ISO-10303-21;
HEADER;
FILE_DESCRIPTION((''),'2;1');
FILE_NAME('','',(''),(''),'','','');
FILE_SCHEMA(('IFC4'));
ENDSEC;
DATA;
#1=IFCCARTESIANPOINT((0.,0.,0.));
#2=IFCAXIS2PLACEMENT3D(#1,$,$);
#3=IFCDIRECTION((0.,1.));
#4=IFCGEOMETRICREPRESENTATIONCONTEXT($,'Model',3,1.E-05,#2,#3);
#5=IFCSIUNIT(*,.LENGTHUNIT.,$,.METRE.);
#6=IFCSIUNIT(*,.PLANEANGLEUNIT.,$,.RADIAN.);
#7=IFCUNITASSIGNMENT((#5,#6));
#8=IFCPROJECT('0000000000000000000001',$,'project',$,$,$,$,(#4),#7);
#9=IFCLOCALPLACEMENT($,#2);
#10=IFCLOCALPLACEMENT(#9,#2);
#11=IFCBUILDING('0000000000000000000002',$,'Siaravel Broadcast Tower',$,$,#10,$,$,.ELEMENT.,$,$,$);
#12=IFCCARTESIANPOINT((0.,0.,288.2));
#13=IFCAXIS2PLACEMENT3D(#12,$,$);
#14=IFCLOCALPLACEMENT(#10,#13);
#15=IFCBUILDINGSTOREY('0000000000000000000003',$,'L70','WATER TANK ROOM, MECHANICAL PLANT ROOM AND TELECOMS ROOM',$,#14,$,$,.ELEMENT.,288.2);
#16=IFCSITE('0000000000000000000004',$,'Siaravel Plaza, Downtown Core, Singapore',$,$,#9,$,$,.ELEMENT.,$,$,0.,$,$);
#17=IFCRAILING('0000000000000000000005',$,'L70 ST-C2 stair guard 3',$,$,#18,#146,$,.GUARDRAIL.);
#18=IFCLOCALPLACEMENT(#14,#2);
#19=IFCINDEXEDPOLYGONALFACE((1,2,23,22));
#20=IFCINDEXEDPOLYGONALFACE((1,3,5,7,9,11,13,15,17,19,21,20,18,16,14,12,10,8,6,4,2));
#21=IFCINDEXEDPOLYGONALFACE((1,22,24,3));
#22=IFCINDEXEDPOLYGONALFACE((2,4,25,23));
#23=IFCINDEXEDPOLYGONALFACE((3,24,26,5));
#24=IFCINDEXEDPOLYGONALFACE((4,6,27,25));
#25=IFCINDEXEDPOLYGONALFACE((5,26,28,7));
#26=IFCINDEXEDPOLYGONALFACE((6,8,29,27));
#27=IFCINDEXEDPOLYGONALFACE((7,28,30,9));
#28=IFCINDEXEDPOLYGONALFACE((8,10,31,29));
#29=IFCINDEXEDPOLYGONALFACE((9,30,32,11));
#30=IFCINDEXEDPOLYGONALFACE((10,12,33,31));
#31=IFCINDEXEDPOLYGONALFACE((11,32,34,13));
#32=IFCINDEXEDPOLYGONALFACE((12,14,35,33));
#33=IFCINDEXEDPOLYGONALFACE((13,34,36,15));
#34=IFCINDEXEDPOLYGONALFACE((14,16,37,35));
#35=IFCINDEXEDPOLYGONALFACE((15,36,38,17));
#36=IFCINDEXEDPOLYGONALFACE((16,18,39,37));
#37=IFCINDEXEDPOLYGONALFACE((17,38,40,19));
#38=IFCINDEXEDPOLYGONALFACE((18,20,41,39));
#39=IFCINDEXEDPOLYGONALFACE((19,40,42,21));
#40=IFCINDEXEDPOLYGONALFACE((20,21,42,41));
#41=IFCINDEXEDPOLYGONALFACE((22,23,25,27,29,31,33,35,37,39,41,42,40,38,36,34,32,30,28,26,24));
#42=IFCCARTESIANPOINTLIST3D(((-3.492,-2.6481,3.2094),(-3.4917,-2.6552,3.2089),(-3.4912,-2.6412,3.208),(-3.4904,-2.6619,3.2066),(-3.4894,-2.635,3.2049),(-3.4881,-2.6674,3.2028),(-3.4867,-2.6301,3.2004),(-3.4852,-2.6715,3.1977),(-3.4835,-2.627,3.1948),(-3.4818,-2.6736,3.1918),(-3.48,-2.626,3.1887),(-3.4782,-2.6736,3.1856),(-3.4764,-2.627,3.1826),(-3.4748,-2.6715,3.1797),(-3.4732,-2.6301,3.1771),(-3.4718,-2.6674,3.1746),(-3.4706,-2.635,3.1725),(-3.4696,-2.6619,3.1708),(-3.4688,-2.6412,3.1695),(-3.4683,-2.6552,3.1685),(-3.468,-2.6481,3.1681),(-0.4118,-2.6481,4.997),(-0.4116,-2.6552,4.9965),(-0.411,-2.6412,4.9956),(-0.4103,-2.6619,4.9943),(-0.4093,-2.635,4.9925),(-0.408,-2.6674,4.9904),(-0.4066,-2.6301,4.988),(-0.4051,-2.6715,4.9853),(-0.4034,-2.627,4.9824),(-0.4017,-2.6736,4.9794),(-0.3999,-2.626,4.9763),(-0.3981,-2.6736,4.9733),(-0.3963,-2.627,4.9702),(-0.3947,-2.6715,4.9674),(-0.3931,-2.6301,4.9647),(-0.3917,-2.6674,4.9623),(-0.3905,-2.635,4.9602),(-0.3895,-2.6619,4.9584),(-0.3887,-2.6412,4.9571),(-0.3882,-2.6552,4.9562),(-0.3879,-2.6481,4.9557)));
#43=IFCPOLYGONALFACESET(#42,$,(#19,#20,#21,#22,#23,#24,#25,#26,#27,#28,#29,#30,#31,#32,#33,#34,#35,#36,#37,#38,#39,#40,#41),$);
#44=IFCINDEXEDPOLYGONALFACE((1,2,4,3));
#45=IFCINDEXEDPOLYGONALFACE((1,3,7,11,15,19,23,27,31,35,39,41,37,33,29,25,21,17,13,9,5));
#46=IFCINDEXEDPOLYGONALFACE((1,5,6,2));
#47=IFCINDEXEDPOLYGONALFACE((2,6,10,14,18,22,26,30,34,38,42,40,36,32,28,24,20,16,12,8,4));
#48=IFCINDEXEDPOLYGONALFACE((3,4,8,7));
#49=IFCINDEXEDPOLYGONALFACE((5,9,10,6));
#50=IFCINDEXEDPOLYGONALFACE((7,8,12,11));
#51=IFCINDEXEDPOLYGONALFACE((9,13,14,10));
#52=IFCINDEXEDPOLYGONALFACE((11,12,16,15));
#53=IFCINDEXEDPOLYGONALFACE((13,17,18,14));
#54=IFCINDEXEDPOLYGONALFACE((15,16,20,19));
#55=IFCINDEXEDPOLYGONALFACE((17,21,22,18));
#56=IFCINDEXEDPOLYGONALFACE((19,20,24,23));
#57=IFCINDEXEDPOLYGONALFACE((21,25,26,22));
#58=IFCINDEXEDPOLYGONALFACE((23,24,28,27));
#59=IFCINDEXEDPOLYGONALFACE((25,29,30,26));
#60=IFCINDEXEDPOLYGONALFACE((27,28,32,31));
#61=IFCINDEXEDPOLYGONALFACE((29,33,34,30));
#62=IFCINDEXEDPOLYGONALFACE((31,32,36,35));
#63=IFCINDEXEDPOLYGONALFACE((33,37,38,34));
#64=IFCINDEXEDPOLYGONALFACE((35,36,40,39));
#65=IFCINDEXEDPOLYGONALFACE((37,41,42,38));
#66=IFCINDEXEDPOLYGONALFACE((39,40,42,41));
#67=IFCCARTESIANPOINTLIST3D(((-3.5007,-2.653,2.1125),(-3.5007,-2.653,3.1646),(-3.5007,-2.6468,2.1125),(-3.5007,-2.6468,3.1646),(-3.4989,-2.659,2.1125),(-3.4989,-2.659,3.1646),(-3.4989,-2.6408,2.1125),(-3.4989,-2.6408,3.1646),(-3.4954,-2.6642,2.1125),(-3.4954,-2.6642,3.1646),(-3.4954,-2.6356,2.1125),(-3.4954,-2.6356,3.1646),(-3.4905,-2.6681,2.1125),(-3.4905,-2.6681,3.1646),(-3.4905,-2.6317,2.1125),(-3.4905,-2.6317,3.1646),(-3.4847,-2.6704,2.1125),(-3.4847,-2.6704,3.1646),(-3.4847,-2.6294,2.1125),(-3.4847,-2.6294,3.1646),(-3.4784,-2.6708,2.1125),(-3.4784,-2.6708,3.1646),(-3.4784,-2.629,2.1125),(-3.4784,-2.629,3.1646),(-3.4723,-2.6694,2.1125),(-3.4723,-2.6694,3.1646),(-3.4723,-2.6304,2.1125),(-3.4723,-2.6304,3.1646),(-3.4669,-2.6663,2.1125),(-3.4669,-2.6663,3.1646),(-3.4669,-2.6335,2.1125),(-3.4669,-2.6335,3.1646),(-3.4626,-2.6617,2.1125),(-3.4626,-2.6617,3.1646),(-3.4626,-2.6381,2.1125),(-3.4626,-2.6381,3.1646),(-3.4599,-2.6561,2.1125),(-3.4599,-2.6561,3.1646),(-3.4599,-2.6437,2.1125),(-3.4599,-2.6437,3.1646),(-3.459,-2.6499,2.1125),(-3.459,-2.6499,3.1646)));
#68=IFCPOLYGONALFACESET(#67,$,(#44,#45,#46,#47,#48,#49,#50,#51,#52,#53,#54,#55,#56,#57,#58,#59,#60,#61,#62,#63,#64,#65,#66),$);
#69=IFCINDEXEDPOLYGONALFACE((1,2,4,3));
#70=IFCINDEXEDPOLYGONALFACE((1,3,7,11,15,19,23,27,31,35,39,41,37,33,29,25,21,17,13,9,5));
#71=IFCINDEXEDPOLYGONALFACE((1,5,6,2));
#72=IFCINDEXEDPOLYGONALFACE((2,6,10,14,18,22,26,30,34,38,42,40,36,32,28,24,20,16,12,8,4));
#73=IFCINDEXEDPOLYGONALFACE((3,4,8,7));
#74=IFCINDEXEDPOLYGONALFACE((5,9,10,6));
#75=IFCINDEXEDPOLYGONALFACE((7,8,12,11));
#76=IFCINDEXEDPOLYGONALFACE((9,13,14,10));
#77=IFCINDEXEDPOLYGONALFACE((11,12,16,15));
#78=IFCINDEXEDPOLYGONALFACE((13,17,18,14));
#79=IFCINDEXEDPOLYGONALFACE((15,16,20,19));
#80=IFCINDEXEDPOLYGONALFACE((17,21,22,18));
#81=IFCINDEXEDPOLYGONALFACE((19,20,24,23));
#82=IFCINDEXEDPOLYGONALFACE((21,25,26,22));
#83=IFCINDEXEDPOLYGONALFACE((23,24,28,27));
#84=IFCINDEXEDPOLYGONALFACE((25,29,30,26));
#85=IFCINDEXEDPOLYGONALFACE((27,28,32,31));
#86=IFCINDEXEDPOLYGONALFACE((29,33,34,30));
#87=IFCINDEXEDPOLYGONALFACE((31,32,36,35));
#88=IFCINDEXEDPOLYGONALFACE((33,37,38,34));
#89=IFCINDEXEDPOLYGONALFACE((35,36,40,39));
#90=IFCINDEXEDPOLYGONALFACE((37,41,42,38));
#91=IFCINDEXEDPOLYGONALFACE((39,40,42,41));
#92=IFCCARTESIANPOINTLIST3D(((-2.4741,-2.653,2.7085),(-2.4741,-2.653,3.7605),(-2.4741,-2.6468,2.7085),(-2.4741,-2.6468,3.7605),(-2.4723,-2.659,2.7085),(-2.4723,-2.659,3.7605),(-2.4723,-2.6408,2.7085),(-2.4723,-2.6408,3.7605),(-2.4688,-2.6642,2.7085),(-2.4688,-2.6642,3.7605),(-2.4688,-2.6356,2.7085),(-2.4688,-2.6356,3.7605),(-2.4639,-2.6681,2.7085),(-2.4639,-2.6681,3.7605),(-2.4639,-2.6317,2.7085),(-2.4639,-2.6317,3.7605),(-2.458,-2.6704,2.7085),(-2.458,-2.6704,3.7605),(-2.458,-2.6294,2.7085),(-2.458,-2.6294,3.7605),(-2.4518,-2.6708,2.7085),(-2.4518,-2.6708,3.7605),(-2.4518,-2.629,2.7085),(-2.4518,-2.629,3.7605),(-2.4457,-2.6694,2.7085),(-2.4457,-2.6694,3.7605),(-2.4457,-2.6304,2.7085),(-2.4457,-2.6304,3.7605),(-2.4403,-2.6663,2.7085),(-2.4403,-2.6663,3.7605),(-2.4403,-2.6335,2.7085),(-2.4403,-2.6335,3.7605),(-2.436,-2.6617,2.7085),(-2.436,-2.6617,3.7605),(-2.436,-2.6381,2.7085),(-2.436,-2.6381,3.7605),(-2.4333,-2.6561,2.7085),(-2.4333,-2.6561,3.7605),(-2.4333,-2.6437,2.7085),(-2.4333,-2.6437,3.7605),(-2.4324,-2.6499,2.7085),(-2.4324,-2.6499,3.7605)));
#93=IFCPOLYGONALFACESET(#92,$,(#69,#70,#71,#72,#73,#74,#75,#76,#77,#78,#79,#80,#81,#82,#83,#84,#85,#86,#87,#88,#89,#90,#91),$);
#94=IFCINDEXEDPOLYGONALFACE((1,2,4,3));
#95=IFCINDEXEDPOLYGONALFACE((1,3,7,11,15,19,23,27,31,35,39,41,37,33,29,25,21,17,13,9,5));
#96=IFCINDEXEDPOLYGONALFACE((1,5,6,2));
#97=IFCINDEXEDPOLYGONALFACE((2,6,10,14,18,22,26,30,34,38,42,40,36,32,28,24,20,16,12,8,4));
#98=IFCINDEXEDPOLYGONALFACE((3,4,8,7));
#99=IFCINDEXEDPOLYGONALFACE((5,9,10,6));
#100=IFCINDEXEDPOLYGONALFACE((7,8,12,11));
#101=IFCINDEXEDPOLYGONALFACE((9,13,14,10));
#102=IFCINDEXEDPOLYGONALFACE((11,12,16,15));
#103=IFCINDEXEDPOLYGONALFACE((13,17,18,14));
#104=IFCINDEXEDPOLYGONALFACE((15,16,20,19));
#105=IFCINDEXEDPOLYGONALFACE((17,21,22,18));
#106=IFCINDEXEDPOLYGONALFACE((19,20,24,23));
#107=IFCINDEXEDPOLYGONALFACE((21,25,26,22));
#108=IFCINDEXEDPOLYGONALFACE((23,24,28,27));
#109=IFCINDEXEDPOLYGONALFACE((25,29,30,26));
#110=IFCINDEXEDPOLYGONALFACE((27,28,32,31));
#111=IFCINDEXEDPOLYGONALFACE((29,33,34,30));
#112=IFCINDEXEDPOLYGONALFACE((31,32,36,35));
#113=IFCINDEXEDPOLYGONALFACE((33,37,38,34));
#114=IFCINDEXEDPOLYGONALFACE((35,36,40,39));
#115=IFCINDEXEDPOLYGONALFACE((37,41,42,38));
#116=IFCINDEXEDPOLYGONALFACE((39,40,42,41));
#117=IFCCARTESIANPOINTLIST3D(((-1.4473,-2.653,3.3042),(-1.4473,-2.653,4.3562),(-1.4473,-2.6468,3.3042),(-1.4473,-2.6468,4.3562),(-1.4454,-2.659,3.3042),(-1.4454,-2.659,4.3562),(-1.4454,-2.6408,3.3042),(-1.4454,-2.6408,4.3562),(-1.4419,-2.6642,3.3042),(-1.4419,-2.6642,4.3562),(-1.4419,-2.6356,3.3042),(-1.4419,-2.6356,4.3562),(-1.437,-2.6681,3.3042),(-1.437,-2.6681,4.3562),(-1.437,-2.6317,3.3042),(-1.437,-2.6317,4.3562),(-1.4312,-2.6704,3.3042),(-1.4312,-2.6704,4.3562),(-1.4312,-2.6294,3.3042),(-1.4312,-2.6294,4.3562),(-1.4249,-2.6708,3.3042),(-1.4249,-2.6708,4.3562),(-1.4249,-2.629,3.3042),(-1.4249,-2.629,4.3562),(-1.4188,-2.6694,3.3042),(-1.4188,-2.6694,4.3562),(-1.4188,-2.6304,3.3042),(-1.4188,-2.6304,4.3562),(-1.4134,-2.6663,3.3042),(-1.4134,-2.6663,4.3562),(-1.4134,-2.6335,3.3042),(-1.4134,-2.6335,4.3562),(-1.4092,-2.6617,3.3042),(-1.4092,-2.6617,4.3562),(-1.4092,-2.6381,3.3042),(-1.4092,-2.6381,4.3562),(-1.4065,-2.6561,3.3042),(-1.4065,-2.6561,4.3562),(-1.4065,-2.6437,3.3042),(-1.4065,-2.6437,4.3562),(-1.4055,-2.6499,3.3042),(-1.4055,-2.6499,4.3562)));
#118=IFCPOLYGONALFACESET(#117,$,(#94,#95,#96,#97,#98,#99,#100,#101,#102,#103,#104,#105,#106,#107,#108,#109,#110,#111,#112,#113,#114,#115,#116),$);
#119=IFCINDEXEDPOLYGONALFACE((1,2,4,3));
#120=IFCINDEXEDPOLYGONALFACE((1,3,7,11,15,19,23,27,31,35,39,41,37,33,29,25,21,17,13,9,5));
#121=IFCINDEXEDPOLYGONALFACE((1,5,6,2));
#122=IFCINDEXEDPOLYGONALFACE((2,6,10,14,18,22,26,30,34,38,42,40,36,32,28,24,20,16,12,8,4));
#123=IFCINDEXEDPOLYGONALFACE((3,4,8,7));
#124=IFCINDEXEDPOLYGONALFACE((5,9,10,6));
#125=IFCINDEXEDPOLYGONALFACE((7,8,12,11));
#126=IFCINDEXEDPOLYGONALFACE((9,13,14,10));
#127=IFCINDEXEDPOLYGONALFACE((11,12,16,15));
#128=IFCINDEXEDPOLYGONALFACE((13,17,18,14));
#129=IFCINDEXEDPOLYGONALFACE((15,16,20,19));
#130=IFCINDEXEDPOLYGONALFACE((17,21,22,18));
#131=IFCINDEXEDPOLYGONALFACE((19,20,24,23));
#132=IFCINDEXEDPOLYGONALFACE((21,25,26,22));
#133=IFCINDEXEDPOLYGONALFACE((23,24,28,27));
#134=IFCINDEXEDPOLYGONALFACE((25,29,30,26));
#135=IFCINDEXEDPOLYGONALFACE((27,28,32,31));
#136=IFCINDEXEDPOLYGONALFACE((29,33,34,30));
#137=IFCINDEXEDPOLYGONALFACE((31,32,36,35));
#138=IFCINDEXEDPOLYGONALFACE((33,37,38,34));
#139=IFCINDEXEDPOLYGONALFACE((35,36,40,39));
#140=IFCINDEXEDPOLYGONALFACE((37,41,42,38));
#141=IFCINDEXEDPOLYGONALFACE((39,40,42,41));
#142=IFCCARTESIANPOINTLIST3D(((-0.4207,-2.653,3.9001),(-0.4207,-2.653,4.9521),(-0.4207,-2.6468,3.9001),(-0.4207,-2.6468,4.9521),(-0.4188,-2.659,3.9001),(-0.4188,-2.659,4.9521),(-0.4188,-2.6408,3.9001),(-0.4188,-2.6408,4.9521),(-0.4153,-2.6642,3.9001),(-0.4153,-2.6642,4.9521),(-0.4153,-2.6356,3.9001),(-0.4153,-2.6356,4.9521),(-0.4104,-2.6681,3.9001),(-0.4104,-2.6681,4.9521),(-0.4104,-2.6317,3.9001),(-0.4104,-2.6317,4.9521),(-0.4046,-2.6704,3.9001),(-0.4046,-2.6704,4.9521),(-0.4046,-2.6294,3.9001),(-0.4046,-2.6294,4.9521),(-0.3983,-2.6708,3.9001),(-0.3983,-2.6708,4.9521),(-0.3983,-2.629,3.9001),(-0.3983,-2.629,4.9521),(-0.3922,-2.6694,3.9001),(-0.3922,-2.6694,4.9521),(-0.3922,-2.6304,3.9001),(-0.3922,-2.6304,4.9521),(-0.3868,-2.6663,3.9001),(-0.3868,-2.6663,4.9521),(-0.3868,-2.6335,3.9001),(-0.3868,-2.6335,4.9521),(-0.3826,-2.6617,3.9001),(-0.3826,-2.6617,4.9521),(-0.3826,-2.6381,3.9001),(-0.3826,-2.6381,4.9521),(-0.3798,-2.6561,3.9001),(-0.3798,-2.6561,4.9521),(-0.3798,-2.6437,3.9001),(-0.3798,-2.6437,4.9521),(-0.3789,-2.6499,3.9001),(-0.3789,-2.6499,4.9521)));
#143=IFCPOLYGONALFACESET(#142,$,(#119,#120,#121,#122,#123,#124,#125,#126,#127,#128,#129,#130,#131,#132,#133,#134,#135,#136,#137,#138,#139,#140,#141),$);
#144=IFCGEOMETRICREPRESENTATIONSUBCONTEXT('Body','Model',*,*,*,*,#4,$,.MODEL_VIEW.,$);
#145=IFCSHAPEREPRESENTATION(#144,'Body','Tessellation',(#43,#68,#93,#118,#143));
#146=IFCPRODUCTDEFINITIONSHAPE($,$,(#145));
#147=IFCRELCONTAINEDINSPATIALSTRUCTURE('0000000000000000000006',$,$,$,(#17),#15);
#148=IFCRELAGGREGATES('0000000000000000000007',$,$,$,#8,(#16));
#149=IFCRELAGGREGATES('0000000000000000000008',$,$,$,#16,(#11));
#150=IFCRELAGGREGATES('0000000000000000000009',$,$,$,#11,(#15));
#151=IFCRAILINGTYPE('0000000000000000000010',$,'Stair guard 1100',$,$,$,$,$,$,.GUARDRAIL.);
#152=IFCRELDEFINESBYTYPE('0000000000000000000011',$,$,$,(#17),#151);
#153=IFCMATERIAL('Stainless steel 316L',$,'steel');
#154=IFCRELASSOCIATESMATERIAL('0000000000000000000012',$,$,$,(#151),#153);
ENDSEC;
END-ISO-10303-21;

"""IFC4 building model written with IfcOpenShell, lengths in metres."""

from ifc_helpers import new_model, si_unit, direction, frame, origin, origin_2d, place, context, subcontext, project, spatial, circle, extrude, material, type_object, element, save


model = new_model("IFC4")

# Units and contexts
model_context = context("Model", 3, precision=1e-05, world=origin(), true_north=direction((0.0, 1.0)))
body_context = subcontext(model_context, "Body", "Model", "MODEL_VIEW")
ifc_project = project(units=[si_unit("LENGTHUNIT", "METRE"), si_unit("PLANEANGLEUNIT", "RADIAN")], contexts=[model_context])

# Site, building, storey
site_placement = place(None, origin())
site = spatial("IfcSite", under=ifc_project, at=site_placement, Name="Siaravel Plaza, Downtown Core, Singapore", CompositionType="ELEMENT", RefElevation=0.0)
building_placement = place(site_placement, origin())
building = spatial("IfcBuilding", under=site, at=building_placement, Name="Siaravel Broadcast Tower", CompositionType="ELEMENT")
storey_placement = place(building_placement, frame((0.0, 0.0, 288.2)))
storey = spatial("IfcBuildingStorey", under=building, at=storey_placement, Name="L70", Description="WATER TANK ROOM, MECHANICAL PLANT ROOM AND TELECOMS ROOM", CompositionType="ELEMENT", Elevation=288.2)

# Shared definitions
ifc_material_1 = material(Name="Stainless steel 316L", Category="steel")

# Railing
railing_type_1 = type_object("IfcRailingType", Name="Stair guard 1100", PredefinedType="GUARDRAIL", material=ifc_material_1)
railing_1_placement = place(storey_placement, frame((-3.48, -2.6499, 2.1125)))
element("IfcRailing", 1, at=railing_1_placement, inside=storey, type_object=railing_type_1, Name="L70 ST-C2 stair guard 3", PredefinedType="GUARDRAIL", context=body_context, shape_type="SweptSolid", body=[
    extrude(circle(Radius=0.0239, at=origin_2d()), frame((0.0, 0.0, 1.0762), z_axis=(0.864891, 0.0, 0.50196), x_axis=(0.0, 1.0, 0.0)), (0.0, 0.0, 1.0), 3.5613),
    extrude(circle(Radius=0.021, at=origin_2d()), origin(), (0.0, 0.0, 1.0), 1.052),
    extrude(circle(Radius=0.021, at=origin_2d()), frame((1.0266, 0.0, 0.5959)), (0.0, 0.0, 1.0), 1.052),
    extrude(circle(Radius=0.021, at=origin_2d()), frame((2.0535, 0.0, 1.1917)), (0.0, 0.0, 1.0), 1.052),
    extrude(circle(Radius=0.021, at=origin_2d()), frame((3.0801, 0.0, 1.7876)), (0.0, 0.0, 1.0), 1.052),
])

save(model, "model.ifc")
